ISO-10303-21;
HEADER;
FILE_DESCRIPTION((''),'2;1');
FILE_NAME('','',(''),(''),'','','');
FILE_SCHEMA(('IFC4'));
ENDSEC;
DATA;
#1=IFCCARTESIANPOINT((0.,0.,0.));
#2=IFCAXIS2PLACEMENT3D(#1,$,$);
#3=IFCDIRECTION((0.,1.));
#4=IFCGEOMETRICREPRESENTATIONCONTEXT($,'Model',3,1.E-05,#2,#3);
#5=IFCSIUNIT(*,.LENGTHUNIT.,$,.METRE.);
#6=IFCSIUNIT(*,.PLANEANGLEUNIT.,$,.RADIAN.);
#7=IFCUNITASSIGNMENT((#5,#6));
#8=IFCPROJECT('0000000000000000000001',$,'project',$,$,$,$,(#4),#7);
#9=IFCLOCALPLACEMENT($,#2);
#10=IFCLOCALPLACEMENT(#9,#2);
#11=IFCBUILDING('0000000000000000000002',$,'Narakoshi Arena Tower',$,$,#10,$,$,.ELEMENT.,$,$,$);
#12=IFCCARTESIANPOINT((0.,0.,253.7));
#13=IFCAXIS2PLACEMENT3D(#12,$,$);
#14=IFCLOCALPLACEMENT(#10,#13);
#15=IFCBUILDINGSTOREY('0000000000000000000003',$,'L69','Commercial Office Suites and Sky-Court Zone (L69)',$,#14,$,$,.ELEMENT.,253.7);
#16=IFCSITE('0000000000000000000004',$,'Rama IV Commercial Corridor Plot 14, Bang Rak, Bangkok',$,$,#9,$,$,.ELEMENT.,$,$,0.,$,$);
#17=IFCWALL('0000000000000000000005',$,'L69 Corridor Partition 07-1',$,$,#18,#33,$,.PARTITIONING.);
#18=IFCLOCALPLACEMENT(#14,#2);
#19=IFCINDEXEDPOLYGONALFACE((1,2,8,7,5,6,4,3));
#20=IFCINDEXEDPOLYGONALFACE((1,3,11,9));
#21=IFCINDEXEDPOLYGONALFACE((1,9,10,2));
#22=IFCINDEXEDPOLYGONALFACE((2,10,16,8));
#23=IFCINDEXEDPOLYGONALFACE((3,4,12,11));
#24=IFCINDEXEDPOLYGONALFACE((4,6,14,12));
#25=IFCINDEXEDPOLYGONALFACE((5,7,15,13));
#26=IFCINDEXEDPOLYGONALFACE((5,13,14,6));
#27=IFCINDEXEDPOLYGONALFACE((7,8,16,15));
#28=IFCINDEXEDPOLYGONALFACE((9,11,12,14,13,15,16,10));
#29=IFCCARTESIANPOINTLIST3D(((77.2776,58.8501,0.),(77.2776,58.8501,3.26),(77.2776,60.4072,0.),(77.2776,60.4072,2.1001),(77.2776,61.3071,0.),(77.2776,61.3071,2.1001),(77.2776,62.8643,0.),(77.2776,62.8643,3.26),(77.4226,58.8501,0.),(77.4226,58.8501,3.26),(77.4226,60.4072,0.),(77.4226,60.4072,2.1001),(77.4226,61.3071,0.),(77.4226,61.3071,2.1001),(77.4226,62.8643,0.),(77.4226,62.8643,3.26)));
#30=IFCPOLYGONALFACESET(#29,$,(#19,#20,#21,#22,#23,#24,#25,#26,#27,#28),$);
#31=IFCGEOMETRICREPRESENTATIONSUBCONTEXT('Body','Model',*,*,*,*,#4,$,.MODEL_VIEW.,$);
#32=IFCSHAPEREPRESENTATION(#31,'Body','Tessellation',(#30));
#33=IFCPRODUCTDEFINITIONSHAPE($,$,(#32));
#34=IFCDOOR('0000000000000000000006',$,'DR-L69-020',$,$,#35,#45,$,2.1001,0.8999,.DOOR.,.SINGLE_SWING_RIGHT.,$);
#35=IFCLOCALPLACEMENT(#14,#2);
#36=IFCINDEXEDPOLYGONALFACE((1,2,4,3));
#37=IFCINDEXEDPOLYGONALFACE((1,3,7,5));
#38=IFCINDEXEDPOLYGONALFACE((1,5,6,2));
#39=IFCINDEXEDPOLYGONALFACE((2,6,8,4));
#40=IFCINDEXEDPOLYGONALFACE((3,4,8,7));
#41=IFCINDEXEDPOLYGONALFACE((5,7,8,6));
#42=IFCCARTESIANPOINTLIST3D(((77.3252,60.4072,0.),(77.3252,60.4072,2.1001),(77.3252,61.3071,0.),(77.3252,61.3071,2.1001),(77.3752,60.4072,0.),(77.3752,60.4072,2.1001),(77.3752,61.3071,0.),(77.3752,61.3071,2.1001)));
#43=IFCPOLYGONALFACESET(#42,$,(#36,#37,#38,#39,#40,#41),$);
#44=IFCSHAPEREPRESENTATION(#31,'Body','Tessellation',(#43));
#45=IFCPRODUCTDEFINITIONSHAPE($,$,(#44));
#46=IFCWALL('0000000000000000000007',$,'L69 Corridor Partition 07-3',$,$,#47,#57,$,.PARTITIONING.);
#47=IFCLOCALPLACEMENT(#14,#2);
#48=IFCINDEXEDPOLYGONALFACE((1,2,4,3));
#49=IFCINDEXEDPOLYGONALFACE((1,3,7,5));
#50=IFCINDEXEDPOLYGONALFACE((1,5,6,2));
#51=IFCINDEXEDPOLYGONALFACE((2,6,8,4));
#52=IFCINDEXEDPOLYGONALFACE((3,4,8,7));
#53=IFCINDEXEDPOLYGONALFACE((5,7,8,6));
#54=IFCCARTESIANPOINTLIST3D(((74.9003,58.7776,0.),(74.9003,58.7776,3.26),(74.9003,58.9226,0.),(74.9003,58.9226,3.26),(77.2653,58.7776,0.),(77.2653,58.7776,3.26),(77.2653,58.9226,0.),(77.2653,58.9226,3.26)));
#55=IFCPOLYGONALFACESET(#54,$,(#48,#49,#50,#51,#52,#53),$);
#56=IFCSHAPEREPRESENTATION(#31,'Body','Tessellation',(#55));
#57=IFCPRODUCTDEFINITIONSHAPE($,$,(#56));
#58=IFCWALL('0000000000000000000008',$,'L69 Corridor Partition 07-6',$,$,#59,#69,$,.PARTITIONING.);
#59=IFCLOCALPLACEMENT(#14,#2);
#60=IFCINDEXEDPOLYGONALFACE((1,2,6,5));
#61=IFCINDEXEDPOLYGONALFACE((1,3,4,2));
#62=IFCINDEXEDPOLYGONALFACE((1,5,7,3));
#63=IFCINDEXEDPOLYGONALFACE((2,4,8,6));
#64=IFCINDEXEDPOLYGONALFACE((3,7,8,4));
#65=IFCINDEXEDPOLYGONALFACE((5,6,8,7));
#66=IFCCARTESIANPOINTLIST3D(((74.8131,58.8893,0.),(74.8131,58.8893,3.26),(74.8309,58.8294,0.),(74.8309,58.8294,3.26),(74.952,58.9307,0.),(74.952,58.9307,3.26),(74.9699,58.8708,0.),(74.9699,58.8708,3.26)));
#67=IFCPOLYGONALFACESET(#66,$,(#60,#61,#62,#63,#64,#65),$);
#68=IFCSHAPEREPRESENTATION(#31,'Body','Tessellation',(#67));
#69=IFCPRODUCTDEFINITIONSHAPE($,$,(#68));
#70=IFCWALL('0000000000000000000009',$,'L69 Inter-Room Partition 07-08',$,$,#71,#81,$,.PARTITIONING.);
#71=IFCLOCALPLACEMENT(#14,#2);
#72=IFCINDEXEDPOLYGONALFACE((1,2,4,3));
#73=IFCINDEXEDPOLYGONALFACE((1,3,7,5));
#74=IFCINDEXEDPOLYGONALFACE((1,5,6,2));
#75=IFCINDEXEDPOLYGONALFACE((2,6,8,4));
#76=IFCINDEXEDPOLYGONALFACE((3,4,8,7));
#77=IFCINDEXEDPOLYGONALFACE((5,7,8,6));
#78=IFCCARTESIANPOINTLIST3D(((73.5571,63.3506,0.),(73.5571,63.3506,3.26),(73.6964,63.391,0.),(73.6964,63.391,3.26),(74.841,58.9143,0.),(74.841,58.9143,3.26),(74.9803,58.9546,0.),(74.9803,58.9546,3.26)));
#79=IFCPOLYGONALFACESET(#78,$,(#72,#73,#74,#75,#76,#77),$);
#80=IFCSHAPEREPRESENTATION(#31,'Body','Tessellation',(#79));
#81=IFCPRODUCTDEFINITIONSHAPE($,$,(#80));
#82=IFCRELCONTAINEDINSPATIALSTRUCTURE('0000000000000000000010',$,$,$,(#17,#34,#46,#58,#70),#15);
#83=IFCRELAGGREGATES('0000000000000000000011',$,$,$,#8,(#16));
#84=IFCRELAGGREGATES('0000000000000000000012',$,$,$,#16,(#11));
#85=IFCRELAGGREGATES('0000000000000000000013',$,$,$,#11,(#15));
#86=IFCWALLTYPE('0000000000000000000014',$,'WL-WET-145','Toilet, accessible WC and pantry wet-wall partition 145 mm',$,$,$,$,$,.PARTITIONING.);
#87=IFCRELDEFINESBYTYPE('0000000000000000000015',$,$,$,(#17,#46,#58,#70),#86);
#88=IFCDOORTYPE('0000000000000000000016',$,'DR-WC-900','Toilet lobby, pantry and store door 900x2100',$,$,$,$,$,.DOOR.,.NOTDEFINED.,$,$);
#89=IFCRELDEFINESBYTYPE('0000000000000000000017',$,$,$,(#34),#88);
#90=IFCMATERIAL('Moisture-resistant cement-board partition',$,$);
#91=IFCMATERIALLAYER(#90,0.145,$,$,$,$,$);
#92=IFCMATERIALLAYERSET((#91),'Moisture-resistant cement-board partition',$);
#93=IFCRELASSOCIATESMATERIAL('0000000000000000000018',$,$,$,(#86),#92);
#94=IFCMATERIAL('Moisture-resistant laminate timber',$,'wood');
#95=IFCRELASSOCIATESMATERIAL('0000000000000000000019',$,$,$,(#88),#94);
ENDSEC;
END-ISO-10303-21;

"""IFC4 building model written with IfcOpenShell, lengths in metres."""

from ifc_helpers import new_model, si_unit, direction, frame, frame_2d, origin, place, context, subcontext, project, spatial, rectangle, extrude, material, layer, layer_set, type_object, element, fill, save


model = new_model("IFC4")

# Units and contexts
model_context = context("Model", 3, precision=1e-05, world=origin(), true_north=direction((0.0, 1.0)))
body_context = subcontext(model_context, "Body", "Model", "MODEL_VIEW")
ifc_project = project(units=[si_unit("LENGTHUNIT", "METRE"), si_unit("PLANEANGLEUNIT", "RADIAN")], contexts=[model_context])

# Site, building, storey
site_placement = place(None, origin())
site = spatial("IfcSite", under=ifc_project, at=site_placement, Name="Rama IV Commercial Corridor Plot 14, Bang Rak, Bangkok", CompositionType="ELEMENT", RefElevation=0.0)
building_placement = place(site_placement, origin())
building = spatial("IfcBuilding", under=site, at=building_placement, Name="Narakoshi Arena Tower", CompositionType="ELEMENT")
storey_placement = place(building_placement, frame((0.0, 0.0, 253.7)))
storey = spatial("IfcBuildingStorey", under=building, at=storey_placement, Name="L69", Description="Commercial Office Suites and Sky-Court Zone (L69)", CompositionType="ELEMENT", Elevation=253.7)

# Wall, opening, door
ifc_material_1 = material(Name="Moisture-resistant cement-board partition")
ifc_layer_1 = layer(ifc_material_1, 0.145)
ifc_layer_set_1 = layer_set([ifc_layer_1], Name="Moisture-resistant cement-board partition")
wall_type_1 = type_object("IfcWallType", Name="WL-WET-145", Description="Toilet, accessible WC and pantry wet-wall partition 145 mm", PredefinedType="PARTITIONING", material=ifc_layer_set_1)
wall_1_placement = place(storey_placement, frame((77.3501, 62.8643, 0.0), z_axis=(0.0, 0.0, 1.0), x_axis=(0.0, -1.0, 0.0)))
wall_1 = element("IfcWall", 1, at=wall_1_placement, inside=storey, type_object=wall_type_1, Name="L69 Corridor Partition 07-1", PredefinedType="PARTITIONING", context=body_context, shape_type="SweptSolid", body=[
    extrude(rectangle(XDim=4.0142, YDim=0.145, at=frame_2d((2.0071, 0.0))), origin(), (0.0, 0.0, 1.0), 3.26),
])
opening_1_placement = place(wall_1_placement, frame((1.5571, 0.0, 0.0)))
opening_1 = element("IfcOpeningElement", 2, at=opening_1_placement, cuts=wall_1, PredefinedType="OPENING", context=body_context, shape_type="SweptSolid", body=[
    extrude(rectangle(XDim=0.8999, YDim=2.1001, at=frame_2d((0.45, 1.05))), frame((0.0, 0.0825, 0.0), z_axis=(0.0, -1.0, 0.0), x_axis=(1.0, 0.0, 0.0)), (0.0, 0.0, 1.0), 0.165),
])
ifc_material_2 = material(Name="Moisture-resistant laminate timber", Category="wood")
door_type_1 = type_object("IfcDoorType", Name="DR-WC-900", Description="Toilet lobby, pantry and store door 900x2100", OperationType="NOTDEFINED", PredefinedType="DOOR", material=ifc_material_2)
door_1_placement = place(opening_1_placement, frame((0.8999, 0.0, 0.0), z_axis=(0.0, 0.0, 1.0), x_axis=(-1.0, 0.0, 0.0)))
door_1 = element("IfcDoor", 3, at=door_1_placement, inside=storey, type_object=door_type_1, Name="DR-L69-020", OperationType="SINGLE_SWING_RIGHT", OverallHeight=2.1001, OverallWidth=0.8999, PredefinedType="DOOR", context=body_context, shape_type="SweptSolid", body=[
    extrude(rectangle(XDim=0.8999, YDim=2.1001, at=frame_2d((0.45, 1.05))), frame((0.0, 0.0249, 0.0), z_axis=(0.0, -1.0, 0.0), x_axis=(1.0, 0.0, 0.0)), (0.0, 0.0, 1.0), 0.05),
])
fill(opening_1, door_1)

# Walls
wall_2_placement = place(storey_placement, frame((77.2654, 58.8501, 0.0), z_axis=(0.0, 0.0, 1.0), x_axis=(-1.0, 0.0, 0.0)))
element("IfcWall", 4, at=wall_2_placement, inside=storey, type_object=wall_type_1, Name="L69 Corridor Partition 07-3", PredefinedType="PARTITIONING", context=body_context, shape_type="SweptSolid", body=[
    extrude(rectangle(XDim=2.365, YDim=0.145, at=frame_2d((1.1826, 0.0))), origin(), (0.0, 0.0, 1.0), 3.26),
])
wall_3_placement = place(storey_placement, frame((74.9004, 58.8501, 0.0), z_axis=(0.0, 0.0, 1.0), x_axis=(-0.285553, 0.958363, 0.0)))
element("IfcWall", 5, at=wall_3_placement, inside=storey, type_object=wall_type_1, Name="L69 Corridor Partition 07-6", PredefinedType="PARTITIONING", context=body_context, shape_type="SweptSolid", body=[
    extrude(rectangle(XDim=0.0625, YDim=0.145, at=frame_2d((0.0312, 0.0))), origin(), (0.0, 0.0, 1.0), 3.26),
])
wall_4_placement = place(storey_placement, frame((74.9106, 58.9346, 0.0), z_axis=(0.0, 0.0, 1.0), x_axis=(-0.278008, 0.960579, 0.0)))
element("IfcWall", 6, at=wall_4_placement, inside=storey, type_object=wall_type_1, Name="L69 Inter-Room Partition 07-08", PredefinedType="PARTITIONING", context=body_context, shape_type="SweptSolid", body=[
    extrude(rectangle(XDim=4.6184, YDim=0.145, at=frame_2d((2.3091, 0.0))), origin(), (0.0, 0.0, 1.0), 3.26),
])

save(model, "model.ifc")
